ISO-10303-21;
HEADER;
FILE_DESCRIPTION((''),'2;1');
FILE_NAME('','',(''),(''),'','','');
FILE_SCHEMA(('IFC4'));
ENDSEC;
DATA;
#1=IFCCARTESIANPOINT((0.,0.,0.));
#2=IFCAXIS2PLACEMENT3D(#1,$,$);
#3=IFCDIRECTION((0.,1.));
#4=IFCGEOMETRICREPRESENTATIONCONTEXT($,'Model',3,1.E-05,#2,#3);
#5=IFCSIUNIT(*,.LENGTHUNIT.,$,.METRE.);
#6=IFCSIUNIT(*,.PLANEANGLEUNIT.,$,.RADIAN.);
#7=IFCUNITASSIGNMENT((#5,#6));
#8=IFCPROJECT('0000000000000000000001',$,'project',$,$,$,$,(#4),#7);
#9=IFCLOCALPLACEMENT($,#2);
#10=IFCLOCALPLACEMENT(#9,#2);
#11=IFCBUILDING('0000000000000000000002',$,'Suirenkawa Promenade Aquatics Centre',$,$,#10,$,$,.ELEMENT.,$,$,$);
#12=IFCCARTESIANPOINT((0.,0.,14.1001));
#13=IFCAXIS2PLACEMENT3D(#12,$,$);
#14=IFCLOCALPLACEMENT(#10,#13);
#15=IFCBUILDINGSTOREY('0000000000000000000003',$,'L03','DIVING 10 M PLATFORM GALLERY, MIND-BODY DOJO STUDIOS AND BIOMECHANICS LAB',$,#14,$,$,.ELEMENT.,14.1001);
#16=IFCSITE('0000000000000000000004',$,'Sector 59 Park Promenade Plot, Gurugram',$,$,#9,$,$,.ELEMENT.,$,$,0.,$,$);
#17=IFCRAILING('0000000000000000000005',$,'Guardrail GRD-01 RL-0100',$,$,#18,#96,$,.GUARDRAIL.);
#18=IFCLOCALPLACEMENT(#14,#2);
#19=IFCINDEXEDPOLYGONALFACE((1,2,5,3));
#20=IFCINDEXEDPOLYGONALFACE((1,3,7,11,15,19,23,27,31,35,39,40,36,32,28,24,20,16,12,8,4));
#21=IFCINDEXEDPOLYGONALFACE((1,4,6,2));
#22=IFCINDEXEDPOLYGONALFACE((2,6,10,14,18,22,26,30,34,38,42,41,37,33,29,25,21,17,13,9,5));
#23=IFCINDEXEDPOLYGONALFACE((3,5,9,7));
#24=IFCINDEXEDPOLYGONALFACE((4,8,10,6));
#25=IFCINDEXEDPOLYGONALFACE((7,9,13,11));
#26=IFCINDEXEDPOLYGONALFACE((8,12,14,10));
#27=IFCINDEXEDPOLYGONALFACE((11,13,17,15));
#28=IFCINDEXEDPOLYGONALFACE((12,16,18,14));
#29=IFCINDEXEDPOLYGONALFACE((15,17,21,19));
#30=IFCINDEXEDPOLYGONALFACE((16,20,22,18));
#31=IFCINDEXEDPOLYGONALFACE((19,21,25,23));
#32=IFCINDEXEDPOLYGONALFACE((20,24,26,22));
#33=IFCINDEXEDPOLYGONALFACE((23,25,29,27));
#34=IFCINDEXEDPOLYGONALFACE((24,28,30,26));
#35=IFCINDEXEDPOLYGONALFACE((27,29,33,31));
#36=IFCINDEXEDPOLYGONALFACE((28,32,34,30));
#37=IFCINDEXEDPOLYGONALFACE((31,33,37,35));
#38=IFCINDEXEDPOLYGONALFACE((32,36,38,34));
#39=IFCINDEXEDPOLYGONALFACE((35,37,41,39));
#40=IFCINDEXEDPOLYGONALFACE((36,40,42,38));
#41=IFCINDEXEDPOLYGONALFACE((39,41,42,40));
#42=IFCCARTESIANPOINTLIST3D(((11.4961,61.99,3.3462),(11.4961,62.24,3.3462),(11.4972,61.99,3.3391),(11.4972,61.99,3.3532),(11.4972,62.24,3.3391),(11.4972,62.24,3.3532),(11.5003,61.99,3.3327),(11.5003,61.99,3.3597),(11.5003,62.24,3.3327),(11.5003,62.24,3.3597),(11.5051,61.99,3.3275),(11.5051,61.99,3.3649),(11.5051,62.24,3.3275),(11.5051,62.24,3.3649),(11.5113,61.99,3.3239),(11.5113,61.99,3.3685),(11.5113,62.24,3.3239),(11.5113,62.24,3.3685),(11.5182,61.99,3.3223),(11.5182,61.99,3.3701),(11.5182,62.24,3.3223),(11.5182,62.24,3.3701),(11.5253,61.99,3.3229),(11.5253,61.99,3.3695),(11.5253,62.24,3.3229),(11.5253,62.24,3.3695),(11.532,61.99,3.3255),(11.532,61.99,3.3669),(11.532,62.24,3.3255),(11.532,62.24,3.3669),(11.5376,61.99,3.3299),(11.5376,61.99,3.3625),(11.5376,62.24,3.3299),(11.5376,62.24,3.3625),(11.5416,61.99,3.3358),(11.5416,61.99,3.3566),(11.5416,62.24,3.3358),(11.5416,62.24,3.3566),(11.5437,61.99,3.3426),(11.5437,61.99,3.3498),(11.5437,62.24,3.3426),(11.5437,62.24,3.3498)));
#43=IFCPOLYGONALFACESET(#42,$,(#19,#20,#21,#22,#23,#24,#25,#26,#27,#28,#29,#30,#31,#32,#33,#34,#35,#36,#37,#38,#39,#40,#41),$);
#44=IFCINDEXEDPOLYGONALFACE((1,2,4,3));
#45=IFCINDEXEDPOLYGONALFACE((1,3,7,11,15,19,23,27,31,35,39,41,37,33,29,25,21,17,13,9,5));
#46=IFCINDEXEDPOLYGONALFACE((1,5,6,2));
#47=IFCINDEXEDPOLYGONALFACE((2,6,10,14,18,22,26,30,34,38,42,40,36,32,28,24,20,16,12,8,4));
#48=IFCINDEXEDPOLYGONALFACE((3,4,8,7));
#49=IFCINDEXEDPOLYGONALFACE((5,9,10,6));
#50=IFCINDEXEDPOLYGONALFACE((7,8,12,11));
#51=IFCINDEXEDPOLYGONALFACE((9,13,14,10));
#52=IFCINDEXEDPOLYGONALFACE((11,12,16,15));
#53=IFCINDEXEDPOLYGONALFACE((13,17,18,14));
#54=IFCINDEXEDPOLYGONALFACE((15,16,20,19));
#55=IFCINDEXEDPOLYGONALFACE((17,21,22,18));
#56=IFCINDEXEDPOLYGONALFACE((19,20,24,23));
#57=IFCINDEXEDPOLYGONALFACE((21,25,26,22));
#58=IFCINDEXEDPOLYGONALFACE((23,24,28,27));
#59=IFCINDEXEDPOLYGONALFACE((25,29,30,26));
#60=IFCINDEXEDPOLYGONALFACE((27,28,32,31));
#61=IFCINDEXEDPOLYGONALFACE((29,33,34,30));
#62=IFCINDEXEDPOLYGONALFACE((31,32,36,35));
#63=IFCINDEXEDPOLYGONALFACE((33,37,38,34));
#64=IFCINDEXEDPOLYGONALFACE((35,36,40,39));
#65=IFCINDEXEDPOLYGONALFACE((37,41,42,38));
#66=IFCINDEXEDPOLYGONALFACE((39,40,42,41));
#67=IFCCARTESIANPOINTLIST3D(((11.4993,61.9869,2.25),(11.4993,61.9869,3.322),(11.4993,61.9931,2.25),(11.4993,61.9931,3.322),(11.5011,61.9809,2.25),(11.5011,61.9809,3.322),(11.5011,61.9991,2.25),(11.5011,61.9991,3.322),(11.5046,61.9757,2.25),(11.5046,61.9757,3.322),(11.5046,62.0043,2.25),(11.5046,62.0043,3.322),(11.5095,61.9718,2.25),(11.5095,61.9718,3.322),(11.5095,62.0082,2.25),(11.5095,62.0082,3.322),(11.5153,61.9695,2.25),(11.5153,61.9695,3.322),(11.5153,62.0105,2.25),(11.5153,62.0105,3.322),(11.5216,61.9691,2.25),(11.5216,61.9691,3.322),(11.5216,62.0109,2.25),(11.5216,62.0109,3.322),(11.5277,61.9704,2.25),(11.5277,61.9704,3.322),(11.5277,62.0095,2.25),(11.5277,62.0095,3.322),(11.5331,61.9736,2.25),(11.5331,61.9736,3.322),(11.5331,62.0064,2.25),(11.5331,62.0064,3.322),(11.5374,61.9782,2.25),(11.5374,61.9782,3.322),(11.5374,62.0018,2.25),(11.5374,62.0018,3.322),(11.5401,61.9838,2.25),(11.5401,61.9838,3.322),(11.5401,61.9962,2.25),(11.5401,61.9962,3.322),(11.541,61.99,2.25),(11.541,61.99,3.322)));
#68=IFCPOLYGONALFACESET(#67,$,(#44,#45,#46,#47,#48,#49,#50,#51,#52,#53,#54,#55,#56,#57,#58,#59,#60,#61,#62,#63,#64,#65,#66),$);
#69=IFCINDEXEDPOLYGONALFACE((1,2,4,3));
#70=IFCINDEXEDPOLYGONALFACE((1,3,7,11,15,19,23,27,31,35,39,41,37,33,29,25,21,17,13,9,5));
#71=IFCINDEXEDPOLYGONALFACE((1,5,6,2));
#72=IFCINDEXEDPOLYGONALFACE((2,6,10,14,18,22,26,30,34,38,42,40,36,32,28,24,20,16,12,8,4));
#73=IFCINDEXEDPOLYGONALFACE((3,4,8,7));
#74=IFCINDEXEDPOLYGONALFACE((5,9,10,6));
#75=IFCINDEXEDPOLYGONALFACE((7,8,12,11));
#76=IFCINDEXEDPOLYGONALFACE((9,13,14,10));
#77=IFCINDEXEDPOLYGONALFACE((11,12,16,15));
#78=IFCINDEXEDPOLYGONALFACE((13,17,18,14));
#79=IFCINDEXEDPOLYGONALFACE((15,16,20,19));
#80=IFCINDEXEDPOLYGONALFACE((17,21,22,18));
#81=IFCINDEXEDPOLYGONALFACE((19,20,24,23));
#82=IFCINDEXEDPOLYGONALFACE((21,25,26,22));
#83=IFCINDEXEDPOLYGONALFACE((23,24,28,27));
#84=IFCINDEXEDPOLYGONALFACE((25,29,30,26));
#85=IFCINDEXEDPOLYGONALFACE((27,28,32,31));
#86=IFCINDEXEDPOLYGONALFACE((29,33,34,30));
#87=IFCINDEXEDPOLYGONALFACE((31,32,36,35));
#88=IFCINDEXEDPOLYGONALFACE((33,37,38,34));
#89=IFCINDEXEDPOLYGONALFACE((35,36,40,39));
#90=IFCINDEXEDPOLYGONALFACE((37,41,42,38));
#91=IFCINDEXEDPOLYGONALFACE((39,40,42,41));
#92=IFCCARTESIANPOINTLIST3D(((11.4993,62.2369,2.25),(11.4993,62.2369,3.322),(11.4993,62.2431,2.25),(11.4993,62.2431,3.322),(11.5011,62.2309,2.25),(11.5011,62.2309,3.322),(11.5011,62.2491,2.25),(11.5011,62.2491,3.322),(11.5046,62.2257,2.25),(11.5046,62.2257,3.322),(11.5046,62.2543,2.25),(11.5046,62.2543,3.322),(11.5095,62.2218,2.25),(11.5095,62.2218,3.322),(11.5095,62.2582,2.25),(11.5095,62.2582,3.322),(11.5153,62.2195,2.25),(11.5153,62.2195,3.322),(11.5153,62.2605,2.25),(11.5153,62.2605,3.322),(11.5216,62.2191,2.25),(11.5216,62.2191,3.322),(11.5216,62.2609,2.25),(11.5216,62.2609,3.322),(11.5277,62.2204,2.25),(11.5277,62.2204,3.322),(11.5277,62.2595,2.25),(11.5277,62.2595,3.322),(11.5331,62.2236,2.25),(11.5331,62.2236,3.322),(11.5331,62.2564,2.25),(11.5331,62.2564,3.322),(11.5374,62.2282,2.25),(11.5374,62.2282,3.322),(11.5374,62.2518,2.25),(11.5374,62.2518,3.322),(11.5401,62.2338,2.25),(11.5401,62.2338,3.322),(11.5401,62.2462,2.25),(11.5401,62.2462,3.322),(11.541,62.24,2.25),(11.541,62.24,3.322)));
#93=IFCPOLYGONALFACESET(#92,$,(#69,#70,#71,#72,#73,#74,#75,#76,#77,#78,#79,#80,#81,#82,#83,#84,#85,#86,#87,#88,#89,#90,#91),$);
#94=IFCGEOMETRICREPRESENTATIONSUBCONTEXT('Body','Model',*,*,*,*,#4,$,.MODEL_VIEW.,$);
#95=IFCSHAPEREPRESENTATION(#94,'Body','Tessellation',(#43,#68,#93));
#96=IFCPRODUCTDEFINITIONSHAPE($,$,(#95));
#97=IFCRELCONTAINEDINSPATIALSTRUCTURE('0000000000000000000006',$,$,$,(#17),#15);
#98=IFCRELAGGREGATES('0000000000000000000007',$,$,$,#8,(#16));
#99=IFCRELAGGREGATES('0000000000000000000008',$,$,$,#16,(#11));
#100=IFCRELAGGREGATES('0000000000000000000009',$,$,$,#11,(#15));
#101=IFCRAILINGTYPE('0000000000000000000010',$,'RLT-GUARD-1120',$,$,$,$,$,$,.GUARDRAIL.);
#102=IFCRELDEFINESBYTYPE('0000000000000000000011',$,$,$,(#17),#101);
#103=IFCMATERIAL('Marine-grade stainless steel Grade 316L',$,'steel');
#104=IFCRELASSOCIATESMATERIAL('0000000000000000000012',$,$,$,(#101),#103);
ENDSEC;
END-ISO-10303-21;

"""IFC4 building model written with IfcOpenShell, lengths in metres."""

from ifc_helpers import new_model, si_unit, direction, frame, origin, origin_2d, place, context, subcontext, project, spatial, circle, extrude, material, type_object, element, save


model = new_model("IFC4")

# Units and contexts
model_context = context("Model", 3, precision=1e-05, world=origin(), true_north=direction((0.0, 1.0)))
body_context = subcontext(model_context, "Body", "Model", "MODEL_VIEW")
ifc_project = project(units=[si_unit("LENGTHUNIT", "METRE"), si_unit("PLANEANGLEUNIT", "RADIAN")], contexts=[model_context])

# Site, building, storey
site_placement = place(None, origin())
site = spatial("IfcSite", under=ifc_project, at=site_placement, Name="Sector 59 Park Promenade Plot, Gurugram", CompositionType="ELEMENT", RefElevation=0.0)
building_placement = place(site_placement, origin())
building = spatial("IfcBuilding", under=site, at=building_placement, Name="Suirenkawa Promenade Aquatics Centre", CompositionType="ELEMENT")
storey_placement = place(building_placement, frame((0.0, 0.0, 14.1001)))
storey = spatial("IfcBuildingStorey", under=building, at=storey_placement, Name="L03", Description="DIVING 10 M PLATFORM GALLERY, MIND-BODY DOJO STUDIOS AND BIOMECHANICS LAB", CompositionType="ELEMENT", Elevation=14.1001)

# Shared definitions
ifc_material_1 = material(Name="Marine-grade stainless steel Grade 316L", Category="steel")

# Railing
railing_type_1 = type_object("IfcRailingType", Name="RLT-GUARD-1120", PredefinedType="GUARDRAIL", material=ifc_material_1)
railing_1_placement = place(storey_placement, frame((11.52, 61.99, 2.25)))
element("IfcRailing", 1, at=railing_1_placement, inside=storey, type_object=railing_type_1, Name="Guardrail GRD-01 RL-0100", PredefinedType="GUARDRAIL", context=body_context, shape_type="SweptSolid", body=[
    extrude(circle(Radius=0.0239, at=origin_2d()), frame((0.0, 0.0, 1.0962), z_axis=(0.0, 1.0, 0.0), x_axis=(-1.0, 0.0, 0.0)), (0.0, 0.0, 1.0), 0.25),
    extrude(circle(Radius=0.021, at=origin_2d()), origin(), (0.0, 0.0, 1.0), 1.072),
    extrude(circle(Radius=0.021, at=origin_2d()), frame((0.0, 0.25, 0.0)), (0.0, 0.0, 1.0), 1.072),
])

save(model, "model.ifc")
